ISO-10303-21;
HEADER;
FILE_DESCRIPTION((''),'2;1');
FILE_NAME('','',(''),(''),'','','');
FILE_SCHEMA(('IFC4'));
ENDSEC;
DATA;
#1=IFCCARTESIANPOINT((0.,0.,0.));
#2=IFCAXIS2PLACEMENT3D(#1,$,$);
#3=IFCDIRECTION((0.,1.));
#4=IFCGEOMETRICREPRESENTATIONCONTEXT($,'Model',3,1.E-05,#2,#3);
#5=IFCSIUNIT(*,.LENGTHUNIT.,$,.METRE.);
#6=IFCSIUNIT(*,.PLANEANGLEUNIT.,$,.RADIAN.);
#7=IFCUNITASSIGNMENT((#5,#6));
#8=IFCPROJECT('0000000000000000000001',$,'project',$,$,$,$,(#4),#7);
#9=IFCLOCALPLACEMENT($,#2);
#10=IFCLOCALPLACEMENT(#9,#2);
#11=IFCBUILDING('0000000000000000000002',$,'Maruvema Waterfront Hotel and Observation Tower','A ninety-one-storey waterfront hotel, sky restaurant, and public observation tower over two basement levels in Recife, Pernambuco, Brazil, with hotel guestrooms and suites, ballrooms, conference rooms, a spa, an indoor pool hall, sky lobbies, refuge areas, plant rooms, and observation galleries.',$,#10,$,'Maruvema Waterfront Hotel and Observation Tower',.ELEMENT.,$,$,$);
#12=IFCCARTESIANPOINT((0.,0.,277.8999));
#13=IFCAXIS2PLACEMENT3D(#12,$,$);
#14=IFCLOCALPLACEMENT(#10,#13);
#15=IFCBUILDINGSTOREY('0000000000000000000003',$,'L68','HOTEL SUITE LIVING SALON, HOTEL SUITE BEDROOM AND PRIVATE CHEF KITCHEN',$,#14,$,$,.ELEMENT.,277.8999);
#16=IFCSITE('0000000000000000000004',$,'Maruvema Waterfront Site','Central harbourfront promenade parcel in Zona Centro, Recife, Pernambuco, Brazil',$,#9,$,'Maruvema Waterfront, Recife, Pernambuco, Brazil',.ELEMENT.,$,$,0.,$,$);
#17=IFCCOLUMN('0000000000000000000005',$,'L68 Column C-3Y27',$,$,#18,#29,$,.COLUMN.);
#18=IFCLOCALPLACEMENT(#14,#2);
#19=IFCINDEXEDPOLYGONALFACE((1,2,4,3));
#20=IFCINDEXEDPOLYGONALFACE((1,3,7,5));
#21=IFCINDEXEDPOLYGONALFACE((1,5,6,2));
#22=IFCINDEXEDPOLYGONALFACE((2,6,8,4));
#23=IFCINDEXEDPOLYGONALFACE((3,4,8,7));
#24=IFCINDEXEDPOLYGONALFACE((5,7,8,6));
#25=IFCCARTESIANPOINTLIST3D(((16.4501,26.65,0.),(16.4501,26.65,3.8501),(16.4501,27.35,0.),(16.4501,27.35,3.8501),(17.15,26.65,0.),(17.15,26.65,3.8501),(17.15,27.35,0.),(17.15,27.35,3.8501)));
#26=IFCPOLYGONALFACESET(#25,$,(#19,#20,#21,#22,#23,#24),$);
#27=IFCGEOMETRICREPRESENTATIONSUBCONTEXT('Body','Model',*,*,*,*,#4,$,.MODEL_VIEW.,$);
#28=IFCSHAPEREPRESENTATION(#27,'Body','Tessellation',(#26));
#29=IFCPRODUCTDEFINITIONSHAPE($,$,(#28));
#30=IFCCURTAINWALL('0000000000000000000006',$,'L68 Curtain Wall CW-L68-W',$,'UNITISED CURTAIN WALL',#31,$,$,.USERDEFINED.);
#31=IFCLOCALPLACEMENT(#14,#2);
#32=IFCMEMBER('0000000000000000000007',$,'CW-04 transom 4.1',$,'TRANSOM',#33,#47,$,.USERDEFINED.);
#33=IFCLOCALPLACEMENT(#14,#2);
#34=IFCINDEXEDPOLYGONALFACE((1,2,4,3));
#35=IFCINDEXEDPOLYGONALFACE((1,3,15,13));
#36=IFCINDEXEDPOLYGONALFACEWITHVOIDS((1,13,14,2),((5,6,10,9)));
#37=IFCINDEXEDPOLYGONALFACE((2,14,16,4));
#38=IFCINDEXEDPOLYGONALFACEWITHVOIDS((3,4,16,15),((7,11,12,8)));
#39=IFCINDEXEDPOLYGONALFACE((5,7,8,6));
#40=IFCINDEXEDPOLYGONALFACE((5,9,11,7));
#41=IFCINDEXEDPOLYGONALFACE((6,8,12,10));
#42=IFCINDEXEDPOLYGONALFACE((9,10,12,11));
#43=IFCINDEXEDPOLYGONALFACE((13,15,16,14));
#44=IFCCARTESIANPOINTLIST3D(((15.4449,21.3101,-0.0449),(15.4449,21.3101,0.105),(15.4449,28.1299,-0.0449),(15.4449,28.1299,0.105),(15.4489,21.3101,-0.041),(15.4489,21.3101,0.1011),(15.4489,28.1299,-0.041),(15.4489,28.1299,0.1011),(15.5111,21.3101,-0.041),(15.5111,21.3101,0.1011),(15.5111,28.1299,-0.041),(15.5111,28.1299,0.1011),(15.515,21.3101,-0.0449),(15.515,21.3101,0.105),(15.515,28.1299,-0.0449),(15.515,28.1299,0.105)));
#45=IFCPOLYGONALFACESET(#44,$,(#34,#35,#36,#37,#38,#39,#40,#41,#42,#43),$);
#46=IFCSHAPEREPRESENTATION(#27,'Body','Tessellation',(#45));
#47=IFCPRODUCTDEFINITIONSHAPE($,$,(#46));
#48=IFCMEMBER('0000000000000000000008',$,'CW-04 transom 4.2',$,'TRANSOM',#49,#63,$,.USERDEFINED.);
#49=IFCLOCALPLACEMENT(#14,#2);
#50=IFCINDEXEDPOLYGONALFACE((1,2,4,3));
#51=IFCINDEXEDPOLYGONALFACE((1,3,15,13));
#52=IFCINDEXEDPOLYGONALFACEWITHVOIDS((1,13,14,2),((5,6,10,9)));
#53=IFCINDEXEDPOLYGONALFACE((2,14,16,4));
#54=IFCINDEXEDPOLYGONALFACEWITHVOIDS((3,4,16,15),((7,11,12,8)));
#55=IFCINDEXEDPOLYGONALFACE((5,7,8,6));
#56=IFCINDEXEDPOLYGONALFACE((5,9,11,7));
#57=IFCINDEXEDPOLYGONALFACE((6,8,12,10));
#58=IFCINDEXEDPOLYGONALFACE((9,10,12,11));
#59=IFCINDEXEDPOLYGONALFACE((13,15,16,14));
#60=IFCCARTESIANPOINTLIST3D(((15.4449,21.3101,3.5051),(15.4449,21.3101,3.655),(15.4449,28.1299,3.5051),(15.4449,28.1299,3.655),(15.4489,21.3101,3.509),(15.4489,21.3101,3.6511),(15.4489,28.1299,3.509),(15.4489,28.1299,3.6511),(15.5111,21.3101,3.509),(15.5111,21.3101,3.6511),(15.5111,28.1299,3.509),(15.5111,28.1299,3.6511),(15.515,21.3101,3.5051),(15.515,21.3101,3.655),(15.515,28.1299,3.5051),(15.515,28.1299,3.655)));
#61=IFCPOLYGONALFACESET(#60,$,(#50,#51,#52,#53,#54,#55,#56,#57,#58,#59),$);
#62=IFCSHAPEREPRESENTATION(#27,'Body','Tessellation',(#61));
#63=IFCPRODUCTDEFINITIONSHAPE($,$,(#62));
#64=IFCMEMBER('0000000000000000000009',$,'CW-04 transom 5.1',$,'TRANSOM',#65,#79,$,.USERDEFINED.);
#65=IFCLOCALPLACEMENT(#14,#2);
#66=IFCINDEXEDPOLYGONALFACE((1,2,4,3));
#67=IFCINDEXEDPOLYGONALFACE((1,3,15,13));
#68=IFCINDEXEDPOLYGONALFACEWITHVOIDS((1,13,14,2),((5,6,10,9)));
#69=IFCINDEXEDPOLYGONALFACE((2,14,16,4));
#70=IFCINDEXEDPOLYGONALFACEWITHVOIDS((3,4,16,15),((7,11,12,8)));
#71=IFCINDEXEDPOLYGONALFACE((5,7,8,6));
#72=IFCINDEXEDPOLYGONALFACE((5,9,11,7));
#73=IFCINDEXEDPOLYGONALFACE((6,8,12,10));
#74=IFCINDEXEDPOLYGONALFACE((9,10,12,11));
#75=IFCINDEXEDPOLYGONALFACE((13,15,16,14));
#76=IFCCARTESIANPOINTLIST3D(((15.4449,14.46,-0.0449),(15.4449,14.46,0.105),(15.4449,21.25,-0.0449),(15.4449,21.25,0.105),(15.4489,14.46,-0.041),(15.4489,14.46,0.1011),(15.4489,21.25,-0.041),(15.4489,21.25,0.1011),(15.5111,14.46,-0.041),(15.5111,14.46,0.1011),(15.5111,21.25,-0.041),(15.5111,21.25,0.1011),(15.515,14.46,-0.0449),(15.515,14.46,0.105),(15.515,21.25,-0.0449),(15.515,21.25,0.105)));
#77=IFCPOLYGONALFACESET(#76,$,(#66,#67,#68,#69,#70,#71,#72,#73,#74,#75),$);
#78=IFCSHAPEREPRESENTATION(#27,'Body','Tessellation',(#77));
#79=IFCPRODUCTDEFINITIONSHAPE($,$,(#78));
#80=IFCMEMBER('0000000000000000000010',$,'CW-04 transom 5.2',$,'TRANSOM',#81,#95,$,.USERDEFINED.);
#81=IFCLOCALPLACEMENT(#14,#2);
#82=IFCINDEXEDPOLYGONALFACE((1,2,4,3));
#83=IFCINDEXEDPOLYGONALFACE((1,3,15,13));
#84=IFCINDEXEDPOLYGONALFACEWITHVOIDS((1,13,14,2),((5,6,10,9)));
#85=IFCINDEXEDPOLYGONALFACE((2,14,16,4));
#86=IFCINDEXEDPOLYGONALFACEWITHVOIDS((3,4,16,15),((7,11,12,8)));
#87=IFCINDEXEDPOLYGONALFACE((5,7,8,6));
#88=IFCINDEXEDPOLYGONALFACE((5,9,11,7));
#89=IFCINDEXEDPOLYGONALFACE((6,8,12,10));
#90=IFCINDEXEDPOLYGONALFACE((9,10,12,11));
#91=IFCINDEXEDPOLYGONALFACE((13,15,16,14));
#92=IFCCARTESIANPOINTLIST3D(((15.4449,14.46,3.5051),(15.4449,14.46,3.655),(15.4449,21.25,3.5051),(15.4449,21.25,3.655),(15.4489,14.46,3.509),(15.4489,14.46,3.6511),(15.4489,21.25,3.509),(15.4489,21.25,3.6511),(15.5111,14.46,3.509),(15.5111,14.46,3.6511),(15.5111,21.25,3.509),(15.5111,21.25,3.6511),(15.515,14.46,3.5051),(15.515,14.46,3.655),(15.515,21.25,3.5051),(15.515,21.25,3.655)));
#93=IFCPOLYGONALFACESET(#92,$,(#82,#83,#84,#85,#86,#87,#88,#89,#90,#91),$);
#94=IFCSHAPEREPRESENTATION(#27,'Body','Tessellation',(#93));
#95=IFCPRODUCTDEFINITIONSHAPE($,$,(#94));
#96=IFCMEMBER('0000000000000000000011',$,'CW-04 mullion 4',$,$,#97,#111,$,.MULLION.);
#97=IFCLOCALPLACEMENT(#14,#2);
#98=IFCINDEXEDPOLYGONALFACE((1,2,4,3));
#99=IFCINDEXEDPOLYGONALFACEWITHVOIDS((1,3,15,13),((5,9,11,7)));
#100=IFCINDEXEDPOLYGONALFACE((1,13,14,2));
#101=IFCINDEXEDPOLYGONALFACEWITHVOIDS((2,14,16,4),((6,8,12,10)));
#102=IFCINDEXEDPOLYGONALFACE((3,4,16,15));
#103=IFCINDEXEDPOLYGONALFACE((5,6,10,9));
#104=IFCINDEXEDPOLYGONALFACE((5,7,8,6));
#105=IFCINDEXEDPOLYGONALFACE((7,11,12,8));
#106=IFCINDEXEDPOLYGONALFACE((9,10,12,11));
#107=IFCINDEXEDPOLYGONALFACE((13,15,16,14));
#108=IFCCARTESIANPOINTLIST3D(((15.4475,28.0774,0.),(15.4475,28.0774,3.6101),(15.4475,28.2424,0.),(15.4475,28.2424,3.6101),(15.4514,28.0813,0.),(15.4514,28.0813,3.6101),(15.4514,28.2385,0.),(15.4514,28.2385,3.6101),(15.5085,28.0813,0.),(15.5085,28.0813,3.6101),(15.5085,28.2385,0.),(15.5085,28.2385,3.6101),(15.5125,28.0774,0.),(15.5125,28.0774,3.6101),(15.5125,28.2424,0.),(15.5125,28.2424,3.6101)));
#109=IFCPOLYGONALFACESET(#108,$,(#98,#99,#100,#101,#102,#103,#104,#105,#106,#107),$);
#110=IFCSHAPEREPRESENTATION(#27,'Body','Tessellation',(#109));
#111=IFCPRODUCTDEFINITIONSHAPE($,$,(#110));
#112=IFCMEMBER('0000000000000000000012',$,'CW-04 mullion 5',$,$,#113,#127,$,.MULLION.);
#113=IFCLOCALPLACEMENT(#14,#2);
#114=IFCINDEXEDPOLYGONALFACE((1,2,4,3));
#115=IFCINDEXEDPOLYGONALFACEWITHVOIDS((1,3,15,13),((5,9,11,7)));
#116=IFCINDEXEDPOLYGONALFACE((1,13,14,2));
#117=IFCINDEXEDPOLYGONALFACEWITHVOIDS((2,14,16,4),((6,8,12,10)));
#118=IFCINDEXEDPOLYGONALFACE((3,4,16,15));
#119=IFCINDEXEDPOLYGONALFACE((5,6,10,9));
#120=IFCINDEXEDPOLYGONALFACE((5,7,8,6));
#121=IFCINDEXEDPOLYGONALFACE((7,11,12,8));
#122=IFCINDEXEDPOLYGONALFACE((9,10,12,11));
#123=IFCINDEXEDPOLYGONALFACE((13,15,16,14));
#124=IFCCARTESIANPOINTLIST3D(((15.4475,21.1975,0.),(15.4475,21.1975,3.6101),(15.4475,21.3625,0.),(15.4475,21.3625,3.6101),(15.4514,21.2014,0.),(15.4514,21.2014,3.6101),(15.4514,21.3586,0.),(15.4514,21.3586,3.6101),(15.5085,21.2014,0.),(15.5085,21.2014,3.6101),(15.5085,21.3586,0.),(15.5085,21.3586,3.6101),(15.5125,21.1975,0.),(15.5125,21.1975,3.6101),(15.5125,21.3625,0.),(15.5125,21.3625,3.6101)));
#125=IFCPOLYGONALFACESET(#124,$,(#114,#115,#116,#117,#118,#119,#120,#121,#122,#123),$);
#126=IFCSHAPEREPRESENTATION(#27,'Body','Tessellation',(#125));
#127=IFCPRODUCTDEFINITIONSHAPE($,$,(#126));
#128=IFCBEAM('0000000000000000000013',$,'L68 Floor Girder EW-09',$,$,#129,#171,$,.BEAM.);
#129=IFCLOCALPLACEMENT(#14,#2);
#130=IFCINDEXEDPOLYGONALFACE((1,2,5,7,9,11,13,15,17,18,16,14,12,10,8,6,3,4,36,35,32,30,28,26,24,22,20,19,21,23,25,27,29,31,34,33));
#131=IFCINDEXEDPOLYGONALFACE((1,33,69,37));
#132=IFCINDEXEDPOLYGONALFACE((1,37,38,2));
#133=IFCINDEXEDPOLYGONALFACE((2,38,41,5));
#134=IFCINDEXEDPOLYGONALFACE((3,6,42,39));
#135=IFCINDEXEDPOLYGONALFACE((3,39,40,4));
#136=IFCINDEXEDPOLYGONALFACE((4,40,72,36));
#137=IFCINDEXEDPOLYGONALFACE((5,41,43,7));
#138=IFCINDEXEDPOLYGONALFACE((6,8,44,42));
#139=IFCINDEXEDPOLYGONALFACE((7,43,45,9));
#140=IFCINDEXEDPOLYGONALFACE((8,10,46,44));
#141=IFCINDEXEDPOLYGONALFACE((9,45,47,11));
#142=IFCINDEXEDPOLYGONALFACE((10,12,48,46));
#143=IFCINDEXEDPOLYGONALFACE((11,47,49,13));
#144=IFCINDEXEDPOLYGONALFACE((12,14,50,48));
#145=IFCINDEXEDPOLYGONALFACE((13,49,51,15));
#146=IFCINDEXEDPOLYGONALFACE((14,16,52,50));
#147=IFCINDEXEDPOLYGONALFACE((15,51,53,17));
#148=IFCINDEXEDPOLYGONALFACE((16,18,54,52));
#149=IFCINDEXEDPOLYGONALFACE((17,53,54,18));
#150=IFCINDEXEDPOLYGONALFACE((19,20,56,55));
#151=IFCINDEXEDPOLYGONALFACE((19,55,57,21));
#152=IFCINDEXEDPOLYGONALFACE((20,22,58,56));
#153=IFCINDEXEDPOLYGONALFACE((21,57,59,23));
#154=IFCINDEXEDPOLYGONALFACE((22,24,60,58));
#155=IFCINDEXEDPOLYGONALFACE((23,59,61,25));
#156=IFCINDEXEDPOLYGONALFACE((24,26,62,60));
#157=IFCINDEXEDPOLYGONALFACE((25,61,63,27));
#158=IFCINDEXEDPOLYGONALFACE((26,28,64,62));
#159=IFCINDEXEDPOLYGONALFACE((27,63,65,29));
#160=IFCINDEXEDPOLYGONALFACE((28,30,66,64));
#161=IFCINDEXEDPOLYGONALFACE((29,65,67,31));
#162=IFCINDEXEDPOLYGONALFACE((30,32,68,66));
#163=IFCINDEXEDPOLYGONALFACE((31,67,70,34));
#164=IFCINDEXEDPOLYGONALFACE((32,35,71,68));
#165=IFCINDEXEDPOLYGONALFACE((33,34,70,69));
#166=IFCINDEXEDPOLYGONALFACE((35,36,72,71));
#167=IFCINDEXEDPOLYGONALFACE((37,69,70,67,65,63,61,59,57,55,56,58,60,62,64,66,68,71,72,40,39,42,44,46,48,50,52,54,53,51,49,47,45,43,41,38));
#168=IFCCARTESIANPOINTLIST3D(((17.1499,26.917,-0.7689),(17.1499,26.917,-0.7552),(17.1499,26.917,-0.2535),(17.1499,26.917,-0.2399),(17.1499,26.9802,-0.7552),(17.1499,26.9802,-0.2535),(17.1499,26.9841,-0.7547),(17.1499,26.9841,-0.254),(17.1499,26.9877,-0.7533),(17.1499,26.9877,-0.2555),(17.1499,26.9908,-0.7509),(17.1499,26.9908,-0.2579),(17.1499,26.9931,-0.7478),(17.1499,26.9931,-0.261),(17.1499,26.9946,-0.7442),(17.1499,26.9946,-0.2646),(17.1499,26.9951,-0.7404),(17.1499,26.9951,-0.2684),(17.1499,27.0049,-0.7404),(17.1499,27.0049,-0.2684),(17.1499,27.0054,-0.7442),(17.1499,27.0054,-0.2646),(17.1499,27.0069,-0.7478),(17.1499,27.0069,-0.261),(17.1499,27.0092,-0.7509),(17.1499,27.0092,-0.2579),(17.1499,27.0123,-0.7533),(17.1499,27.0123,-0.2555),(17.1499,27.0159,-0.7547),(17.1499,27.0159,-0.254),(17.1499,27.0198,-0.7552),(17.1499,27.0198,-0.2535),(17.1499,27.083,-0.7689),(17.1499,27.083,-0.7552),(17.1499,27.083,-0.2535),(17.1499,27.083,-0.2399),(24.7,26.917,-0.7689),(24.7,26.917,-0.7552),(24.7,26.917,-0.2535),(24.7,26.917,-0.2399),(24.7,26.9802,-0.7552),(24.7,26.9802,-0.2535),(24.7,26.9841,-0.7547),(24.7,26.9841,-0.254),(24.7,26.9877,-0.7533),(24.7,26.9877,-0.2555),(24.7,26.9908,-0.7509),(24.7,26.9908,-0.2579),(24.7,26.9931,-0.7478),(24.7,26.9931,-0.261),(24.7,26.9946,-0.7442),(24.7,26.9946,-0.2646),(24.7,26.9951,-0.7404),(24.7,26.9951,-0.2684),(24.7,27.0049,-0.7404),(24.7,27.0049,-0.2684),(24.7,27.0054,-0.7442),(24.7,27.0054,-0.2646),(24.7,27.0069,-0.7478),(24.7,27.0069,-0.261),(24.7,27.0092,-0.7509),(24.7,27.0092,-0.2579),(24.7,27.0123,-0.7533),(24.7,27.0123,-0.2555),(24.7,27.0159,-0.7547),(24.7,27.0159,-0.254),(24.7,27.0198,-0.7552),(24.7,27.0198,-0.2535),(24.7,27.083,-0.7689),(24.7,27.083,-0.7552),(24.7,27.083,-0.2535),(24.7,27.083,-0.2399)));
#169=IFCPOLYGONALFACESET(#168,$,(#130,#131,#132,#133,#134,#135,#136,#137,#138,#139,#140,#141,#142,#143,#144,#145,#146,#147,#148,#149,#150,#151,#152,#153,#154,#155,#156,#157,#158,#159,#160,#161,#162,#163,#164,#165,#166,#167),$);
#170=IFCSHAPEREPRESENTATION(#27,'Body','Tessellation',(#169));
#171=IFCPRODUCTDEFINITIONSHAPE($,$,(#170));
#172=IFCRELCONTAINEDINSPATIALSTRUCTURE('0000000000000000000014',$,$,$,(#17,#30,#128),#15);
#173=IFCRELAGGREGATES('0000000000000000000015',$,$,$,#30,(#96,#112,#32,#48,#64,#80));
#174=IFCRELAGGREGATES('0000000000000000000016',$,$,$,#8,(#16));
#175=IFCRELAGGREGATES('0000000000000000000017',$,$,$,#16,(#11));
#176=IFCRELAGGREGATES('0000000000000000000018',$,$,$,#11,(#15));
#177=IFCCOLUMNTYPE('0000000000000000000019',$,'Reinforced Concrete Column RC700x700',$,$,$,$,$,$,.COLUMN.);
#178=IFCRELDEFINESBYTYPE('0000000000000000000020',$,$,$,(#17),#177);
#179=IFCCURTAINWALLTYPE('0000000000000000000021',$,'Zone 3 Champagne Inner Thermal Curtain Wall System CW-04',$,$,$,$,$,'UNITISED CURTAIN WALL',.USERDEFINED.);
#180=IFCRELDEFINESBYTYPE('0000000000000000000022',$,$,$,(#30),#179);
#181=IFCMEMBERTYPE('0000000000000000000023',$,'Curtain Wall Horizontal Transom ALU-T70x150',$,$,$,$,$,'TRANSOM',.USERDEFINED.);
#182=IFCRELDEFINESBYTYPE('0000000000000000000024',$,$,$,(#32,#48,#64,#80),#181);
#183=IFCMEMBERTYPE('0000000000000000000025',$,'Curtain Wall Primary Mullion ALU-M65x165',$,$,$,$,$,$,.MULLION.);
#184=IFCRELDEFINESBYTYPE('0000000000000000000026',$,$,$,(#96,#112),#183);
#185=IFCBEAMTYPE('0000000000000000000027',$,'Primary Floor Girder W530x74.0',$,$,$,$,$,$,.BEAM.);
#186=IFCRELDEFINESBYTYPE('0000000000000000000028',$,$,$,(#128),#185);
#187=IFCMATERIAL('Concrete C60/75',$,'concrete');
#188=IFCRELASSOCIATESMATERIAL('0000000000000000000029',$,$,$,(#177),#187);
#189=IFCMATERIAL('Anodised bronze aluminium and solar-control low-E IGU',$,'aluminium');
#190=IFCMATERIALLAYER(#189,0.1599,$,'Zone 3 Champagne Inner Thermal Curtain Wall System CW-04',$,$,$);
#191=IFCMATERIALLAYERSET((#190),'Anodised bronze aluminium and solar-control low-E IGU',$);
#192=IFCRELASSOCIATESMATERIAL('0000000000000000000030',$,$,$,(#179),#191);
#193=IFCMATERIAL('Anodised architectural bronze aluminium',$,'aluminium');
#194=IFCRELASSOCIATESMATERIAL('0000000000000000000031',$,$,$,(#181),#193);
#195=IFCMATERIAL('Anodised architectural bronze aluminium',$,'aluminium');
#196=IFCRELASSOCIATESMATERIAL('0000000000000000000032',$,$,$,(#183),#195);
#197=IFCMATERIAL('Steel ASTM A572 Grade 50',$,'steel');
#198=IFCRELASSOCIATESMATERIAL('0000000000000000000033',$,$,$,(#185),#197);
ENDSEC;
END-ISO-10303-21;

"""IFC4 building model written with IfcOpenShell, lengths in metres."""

from ifc_helpers import new_model, si_unit, direction, frame, origin, origin_2d, place, context, subcontext, project, spatial, rectangle, hollow_rectangle, i_section, extrude, material, layer, layer_set, material_profile, profile_set, type_object, element, aggregate, save


model = new_model("IFC4")

# Units and contexts
model_context = context("Model", 3, precision=1e-05, world=origin(), true_north=direction((0.0, 1.0)))
body_context = subcontext(model_context, "Body", "Model", "MODEL_VIEW")
ifc_project = project(units=[si_unit("LENGTHUNIT", "METRE"), si_unit("PLANEANGLEUNIT", "RADIAN")], contexts=[model_context])

# Site, building, storey
site_placement = place(None, origin())
site = spatial("IfcSite", under=ifc_project, at=site_placement, Name="Maruvema Waterfront Site", Description="Central harbourfront promenade parcel in Zona Centro, Recife, Pernambuco, Brazil", LongName="Maruvema Waterfront, Recife, Pernambuco, Brazil", CompositionType="ELEMENT", RefElevation=0.0)
building_placement = place(site_placement, origin())
building = spatial("IfcBuilding", under=site, at=building_placement, Name="Maruvema Waterfront Hotel and Observation Tower", Description="A ninety-one-storey waterfront hotel, sky restaurant, and public observation tower over two basement levels in Recife, Pernambuco, Brazil, with hotel guestrooms and suites, ballrooms, conference rooms, a spa, an indoor pool hall, sky lobbies, refuge areas, plant rooms, and observation galleries.", LongName="Maruvema Waterfront Hotel and Observation Tower", CompositionType="ELEMENT")
storey_placement = place(building_placement, frame((0.0, 0.0, 277.8999)))
storey = spatial("IfcBuildingStorey", under=building, at=storey_placement, Name="L68", Description="HOTEL SUITE LIVING SALON, HOTEL SUITE BEDROOM AND PRIVATE CHEF KITCHEN", CompositionType="ELEMENT", Elevation=277.8999)

# Column
ifc_material_1 = material(Name="Concrete C60/75", Category="concrete")
ifc_material_profile_1 = material_profile(ifc_material_1, rectangle(XDim=0.7, YDim=0.7, at=origin_2d()), Name="RC700x700")
ifc_profile_set_1 = profile_set([ifc_material_profile_1], Name="Concrete C60/75")
column_type = type_object("IfcColumnType", Name="Reinforced Concrete Column RC700x700", PredefinedType="COLUMN", material=ifc_profile_set_1)
column_placement = place(storey_placement, frame((16.8, 27.0, 0.0), z_axis=(0.0, 0.0, 1.0), x_axis=(1.0, 0.0, 0.0)))
element("IfcColumn", 1, at=column_placement, inside=storey, type_object=column_type, Name="L68 Column C-3Y27", PredefinedType="COLUMN", context=body_context, shape_type="SweptSolid", body=[
    extrude(rectangle(XDim=0.7, YDim=0.7, at=origin_2d()), origin(), (0.0, 0.0, 1.0), 3.8501),
])

# Curtain wall, members
ifc_material_2 = material(Name="Anodised bronze aluminium and solar-control low-E IGU", Category="aluminium")
ifc_layer_1 = layer(ifc_material_2, 0.1599, Name="Zone 3 Champagne Inner Thermal Curtain Wall System CW-04")
ifc_layer_set_1 = layer_set([ifc_layer_1], Name="Anodised bronze aluminium and solar-control low-E IGU")
curtain_wall_type = type_object("IfcCurtainWallType", Name="Zone 3 Champagne Inner Thermal Curtain Wall System CW-04", ElementType="UNITISED CURTAIN WALL", PredefinedType="USERDEFINED", material=ifc_layer_set_1)
curtain_wall_placement = place(storey_placement, origin())
curtain_wall = element("IfcCurtainWall", 2, at=curtain_wall_placement, inside=storey, type_object=curtain_wall_type, Name="L68 Curtain Wall CW-L68-W", ObjectType="UNITISED CURTAIN WALL", PredefinedType="USERDEFINED")
ifc_material_3 = material(Name="Anodised architectural bronze aluminium", Category="aluminium")
ifc_material_profile_2 = material_profile(ifc_material_3, hollow_rectangle(XDim=0.0701, YDim=0.1499, WallThickness=0.0039, at=origin_2d()), Name="ALU-T70x150")
ifc_profile_set_2 = profile_set([ifc_material_profile_2], Name="Anodised architectural bronze aluminium")
member_type_1 = type_object("IfcMemberType", Name="Curtain Wall Horizontal Transom ALU-T70x150", ElementType="TRANSOM", PredefinedType="USERDEFINED", material=ifc_profile_set_2)
member_1_placement = place(storey_placement, frame((15.48, 28.1299, 0.03), z_axis=(0.0, -1.0, 0.0), x_axis=(1.0, 0.0, 0.0)))
member_1 = element("IfcMember", 3, at=member_1_placement, type_object=member_type_1, Name="CW-04 transom 4.1", ObjectType="TRANSOM", PredefinedType="USERDEFINED", context=body_context, shape_type="SweptSolid", body=[
    extrude(hollow_rectangle(XDim=0.0701, YDim=0.1499, WallThickness=0.0039, at=origin_2d()), origin(), (0.0, 0.0, 1.0), 6.8198),
])
member_2_placement = place(storey_placement, frame((15.48, 28.1299, 3.5801), z_axis=(0.0, -1.0, 0.0), x_axis=(1.0, 0.0, 0.0)))
member_2 = element("IfcMember", 4, at=member_2_placement, type_object=member_type_1, Name="CW-04 transom 4.2", ObjectType="TRANSOM", PredefinedType="USERDEFINED", context=body_context, shape_type="SweptSolid", body=[
    extrude(hollow_rectangle(XDim=0.0701, YDim=0.1499, WallThickness=0.0039, at=origin_2d()), origin(), (0.0, 0.0, 1.0), 6.8198),
])
member_3_placement = place(storey_placement, frame((15.48, 21.25, 0.03), z_axis=(0.0, -1.0, 0.0), x_axis=(1.0, 0.0, 0.0)))
member_3 = element("IfcMember", 5, at=member_3_placement, type_object=member_type_1, Name="CW-04 transom 5.1", ObjectType="TRANSOM", PredefinedType="USERDEFINED", context=body_context, shape_type="SweptSolid", body=[
    extrude(hollow_rectangle(XDim=0.0701, YDim=0.1499, WallThickness=0.0039, at=origin_2d()), origin(), (0.0, 0.0, 1.0), 6.79),
])
member_4_placement = place(storey_placement, frame((15.48, 21.25, 3.5801), z_axis=(0.0, -1.0, 0.0), x_axis=(1.0, 0.0, 0.0)))
member_4 = element("IfcMember", 6, at=member_4_placement, type_object=member_type_1, Name="CW-04 transom 5.2", ObjectType="TRANSOM", PredefinedType="USERDEFINED", context=body_context, shape_type="SweptSolid", body=[
    extrude(hollow_rectangle(XDim=0.0701, YDim=0.1499, WallThickness=0.0039, at=origin_2d()), origin(), (0.0, 0.0, 1.0), 6.79),
])
ifc_material_4 = material(Name="Anodised architectural bronze aluminium", Category="aluminium")
ifc_material_profile_3 = material_profile(ifc_material_4, hollow_rectangle(XDim=0.0649, YDim=0.165, WallThickness=0.0039, at=origin_2d()), Name="ALU-M65x165")
ifc_profile_set_3 = profile_set([ifc_material_profile_3], Name="Anodised architectural bronze aluminium")
member_type_2 = type_object("IfcMemberType", Name="Curtain Wall Primary Mullion ALU-M65x165", PredefinedType="MULLION", material=ifc_profile_set_3)
member_5_placement = place(storey_placement, frame((15.48, 28.1599, 0.0), z_axis=(0.0, 0.0, 1.0), x_axis=(1.0, 0.0, 0.0)))
member_5 = element("IfcMember", 7, at=member_5_placement, type_object=member_type_2, Name="CW-04 mullion 4", PredefinedType="MULLION", context=body_context, shape_type="SweptSolid", body=[
    extrude(hollow_rectangle(XDim=0.0649, YDim=0.165, WallThickness=0.0039, at=origin_2d()), origin(), (0.0, 0.0, 1.0), 3.6101),
])
member_6_placement = place(storey_placement, frame((15.48, 21.28, 0.0), z_axis=(0.0, 0.0, 1.0), x_axis=(1.0, 0.0, 0.0)))
member_6 = element("IfcMember", 8, at=member_6_placement, type_object=member_type_2, Name="CW-04 mullion 5", PredefinedType="MULLION", context=body_context, shape_type="SweptSolid", body=[
    extrude(hollow_rectangle(XDim=0.0649, YDim=0.165, WallThickness=0.0039, at=origin_2d()), origin(), (0.0, 0.0, 1.0), 3.6101),
])

# Beam
ifc_material_5 = material(Name="Steel ASTM A572 Grade 50", Category="steel")
ifc_material_profile_4 = material_profile(ifc_material_5, i_section(OverallWidth=0.166, OverallDepth=0.5291, WebThickness=0.0098, FlangeThickness=0.0137, FilletRadius=0.0149, at=origin_2d()), Name="W530x74.0")
ifc_profile_set_4 = profile_set([ifc_material_profile_4], Name="Steel ASTM A572 Grade 50")
beam_type = type_object("IfcBeamType", Name="Primary Floor Girder W530x74.0", PredefinedType="BEAM", material=ifc_profile_set_4)
beam_1_placement = place(storey_placement, frame((17.1499, 27.0, -0.5044), z_axis=(1.0, 0.0, 0.0), x_axis=(0.0, 1.0, 0.0)))
element("IfcBeam", 9, at=beam_1_placement, inside=storey, type_object=beam_type, Name="L68 Floor Girder EW-09", PredefinedType="BEAM", context=body_context, shape_type="SweptSolid", body=[
    extrude(i_section(OverallWidth=0.166, OverallDepth=0.5291, WebThickness=0.0098, FlangeThickness=0.0137, FilletRadius=0.0149, at=origin_2d()), origin(), (0.0, 0.0, 1.0), 7.55),
])

aggregate(curtain_wall, [member_5, member_6, member_1, member_2, member_3, member_4])

save(model, "model.ifc")
